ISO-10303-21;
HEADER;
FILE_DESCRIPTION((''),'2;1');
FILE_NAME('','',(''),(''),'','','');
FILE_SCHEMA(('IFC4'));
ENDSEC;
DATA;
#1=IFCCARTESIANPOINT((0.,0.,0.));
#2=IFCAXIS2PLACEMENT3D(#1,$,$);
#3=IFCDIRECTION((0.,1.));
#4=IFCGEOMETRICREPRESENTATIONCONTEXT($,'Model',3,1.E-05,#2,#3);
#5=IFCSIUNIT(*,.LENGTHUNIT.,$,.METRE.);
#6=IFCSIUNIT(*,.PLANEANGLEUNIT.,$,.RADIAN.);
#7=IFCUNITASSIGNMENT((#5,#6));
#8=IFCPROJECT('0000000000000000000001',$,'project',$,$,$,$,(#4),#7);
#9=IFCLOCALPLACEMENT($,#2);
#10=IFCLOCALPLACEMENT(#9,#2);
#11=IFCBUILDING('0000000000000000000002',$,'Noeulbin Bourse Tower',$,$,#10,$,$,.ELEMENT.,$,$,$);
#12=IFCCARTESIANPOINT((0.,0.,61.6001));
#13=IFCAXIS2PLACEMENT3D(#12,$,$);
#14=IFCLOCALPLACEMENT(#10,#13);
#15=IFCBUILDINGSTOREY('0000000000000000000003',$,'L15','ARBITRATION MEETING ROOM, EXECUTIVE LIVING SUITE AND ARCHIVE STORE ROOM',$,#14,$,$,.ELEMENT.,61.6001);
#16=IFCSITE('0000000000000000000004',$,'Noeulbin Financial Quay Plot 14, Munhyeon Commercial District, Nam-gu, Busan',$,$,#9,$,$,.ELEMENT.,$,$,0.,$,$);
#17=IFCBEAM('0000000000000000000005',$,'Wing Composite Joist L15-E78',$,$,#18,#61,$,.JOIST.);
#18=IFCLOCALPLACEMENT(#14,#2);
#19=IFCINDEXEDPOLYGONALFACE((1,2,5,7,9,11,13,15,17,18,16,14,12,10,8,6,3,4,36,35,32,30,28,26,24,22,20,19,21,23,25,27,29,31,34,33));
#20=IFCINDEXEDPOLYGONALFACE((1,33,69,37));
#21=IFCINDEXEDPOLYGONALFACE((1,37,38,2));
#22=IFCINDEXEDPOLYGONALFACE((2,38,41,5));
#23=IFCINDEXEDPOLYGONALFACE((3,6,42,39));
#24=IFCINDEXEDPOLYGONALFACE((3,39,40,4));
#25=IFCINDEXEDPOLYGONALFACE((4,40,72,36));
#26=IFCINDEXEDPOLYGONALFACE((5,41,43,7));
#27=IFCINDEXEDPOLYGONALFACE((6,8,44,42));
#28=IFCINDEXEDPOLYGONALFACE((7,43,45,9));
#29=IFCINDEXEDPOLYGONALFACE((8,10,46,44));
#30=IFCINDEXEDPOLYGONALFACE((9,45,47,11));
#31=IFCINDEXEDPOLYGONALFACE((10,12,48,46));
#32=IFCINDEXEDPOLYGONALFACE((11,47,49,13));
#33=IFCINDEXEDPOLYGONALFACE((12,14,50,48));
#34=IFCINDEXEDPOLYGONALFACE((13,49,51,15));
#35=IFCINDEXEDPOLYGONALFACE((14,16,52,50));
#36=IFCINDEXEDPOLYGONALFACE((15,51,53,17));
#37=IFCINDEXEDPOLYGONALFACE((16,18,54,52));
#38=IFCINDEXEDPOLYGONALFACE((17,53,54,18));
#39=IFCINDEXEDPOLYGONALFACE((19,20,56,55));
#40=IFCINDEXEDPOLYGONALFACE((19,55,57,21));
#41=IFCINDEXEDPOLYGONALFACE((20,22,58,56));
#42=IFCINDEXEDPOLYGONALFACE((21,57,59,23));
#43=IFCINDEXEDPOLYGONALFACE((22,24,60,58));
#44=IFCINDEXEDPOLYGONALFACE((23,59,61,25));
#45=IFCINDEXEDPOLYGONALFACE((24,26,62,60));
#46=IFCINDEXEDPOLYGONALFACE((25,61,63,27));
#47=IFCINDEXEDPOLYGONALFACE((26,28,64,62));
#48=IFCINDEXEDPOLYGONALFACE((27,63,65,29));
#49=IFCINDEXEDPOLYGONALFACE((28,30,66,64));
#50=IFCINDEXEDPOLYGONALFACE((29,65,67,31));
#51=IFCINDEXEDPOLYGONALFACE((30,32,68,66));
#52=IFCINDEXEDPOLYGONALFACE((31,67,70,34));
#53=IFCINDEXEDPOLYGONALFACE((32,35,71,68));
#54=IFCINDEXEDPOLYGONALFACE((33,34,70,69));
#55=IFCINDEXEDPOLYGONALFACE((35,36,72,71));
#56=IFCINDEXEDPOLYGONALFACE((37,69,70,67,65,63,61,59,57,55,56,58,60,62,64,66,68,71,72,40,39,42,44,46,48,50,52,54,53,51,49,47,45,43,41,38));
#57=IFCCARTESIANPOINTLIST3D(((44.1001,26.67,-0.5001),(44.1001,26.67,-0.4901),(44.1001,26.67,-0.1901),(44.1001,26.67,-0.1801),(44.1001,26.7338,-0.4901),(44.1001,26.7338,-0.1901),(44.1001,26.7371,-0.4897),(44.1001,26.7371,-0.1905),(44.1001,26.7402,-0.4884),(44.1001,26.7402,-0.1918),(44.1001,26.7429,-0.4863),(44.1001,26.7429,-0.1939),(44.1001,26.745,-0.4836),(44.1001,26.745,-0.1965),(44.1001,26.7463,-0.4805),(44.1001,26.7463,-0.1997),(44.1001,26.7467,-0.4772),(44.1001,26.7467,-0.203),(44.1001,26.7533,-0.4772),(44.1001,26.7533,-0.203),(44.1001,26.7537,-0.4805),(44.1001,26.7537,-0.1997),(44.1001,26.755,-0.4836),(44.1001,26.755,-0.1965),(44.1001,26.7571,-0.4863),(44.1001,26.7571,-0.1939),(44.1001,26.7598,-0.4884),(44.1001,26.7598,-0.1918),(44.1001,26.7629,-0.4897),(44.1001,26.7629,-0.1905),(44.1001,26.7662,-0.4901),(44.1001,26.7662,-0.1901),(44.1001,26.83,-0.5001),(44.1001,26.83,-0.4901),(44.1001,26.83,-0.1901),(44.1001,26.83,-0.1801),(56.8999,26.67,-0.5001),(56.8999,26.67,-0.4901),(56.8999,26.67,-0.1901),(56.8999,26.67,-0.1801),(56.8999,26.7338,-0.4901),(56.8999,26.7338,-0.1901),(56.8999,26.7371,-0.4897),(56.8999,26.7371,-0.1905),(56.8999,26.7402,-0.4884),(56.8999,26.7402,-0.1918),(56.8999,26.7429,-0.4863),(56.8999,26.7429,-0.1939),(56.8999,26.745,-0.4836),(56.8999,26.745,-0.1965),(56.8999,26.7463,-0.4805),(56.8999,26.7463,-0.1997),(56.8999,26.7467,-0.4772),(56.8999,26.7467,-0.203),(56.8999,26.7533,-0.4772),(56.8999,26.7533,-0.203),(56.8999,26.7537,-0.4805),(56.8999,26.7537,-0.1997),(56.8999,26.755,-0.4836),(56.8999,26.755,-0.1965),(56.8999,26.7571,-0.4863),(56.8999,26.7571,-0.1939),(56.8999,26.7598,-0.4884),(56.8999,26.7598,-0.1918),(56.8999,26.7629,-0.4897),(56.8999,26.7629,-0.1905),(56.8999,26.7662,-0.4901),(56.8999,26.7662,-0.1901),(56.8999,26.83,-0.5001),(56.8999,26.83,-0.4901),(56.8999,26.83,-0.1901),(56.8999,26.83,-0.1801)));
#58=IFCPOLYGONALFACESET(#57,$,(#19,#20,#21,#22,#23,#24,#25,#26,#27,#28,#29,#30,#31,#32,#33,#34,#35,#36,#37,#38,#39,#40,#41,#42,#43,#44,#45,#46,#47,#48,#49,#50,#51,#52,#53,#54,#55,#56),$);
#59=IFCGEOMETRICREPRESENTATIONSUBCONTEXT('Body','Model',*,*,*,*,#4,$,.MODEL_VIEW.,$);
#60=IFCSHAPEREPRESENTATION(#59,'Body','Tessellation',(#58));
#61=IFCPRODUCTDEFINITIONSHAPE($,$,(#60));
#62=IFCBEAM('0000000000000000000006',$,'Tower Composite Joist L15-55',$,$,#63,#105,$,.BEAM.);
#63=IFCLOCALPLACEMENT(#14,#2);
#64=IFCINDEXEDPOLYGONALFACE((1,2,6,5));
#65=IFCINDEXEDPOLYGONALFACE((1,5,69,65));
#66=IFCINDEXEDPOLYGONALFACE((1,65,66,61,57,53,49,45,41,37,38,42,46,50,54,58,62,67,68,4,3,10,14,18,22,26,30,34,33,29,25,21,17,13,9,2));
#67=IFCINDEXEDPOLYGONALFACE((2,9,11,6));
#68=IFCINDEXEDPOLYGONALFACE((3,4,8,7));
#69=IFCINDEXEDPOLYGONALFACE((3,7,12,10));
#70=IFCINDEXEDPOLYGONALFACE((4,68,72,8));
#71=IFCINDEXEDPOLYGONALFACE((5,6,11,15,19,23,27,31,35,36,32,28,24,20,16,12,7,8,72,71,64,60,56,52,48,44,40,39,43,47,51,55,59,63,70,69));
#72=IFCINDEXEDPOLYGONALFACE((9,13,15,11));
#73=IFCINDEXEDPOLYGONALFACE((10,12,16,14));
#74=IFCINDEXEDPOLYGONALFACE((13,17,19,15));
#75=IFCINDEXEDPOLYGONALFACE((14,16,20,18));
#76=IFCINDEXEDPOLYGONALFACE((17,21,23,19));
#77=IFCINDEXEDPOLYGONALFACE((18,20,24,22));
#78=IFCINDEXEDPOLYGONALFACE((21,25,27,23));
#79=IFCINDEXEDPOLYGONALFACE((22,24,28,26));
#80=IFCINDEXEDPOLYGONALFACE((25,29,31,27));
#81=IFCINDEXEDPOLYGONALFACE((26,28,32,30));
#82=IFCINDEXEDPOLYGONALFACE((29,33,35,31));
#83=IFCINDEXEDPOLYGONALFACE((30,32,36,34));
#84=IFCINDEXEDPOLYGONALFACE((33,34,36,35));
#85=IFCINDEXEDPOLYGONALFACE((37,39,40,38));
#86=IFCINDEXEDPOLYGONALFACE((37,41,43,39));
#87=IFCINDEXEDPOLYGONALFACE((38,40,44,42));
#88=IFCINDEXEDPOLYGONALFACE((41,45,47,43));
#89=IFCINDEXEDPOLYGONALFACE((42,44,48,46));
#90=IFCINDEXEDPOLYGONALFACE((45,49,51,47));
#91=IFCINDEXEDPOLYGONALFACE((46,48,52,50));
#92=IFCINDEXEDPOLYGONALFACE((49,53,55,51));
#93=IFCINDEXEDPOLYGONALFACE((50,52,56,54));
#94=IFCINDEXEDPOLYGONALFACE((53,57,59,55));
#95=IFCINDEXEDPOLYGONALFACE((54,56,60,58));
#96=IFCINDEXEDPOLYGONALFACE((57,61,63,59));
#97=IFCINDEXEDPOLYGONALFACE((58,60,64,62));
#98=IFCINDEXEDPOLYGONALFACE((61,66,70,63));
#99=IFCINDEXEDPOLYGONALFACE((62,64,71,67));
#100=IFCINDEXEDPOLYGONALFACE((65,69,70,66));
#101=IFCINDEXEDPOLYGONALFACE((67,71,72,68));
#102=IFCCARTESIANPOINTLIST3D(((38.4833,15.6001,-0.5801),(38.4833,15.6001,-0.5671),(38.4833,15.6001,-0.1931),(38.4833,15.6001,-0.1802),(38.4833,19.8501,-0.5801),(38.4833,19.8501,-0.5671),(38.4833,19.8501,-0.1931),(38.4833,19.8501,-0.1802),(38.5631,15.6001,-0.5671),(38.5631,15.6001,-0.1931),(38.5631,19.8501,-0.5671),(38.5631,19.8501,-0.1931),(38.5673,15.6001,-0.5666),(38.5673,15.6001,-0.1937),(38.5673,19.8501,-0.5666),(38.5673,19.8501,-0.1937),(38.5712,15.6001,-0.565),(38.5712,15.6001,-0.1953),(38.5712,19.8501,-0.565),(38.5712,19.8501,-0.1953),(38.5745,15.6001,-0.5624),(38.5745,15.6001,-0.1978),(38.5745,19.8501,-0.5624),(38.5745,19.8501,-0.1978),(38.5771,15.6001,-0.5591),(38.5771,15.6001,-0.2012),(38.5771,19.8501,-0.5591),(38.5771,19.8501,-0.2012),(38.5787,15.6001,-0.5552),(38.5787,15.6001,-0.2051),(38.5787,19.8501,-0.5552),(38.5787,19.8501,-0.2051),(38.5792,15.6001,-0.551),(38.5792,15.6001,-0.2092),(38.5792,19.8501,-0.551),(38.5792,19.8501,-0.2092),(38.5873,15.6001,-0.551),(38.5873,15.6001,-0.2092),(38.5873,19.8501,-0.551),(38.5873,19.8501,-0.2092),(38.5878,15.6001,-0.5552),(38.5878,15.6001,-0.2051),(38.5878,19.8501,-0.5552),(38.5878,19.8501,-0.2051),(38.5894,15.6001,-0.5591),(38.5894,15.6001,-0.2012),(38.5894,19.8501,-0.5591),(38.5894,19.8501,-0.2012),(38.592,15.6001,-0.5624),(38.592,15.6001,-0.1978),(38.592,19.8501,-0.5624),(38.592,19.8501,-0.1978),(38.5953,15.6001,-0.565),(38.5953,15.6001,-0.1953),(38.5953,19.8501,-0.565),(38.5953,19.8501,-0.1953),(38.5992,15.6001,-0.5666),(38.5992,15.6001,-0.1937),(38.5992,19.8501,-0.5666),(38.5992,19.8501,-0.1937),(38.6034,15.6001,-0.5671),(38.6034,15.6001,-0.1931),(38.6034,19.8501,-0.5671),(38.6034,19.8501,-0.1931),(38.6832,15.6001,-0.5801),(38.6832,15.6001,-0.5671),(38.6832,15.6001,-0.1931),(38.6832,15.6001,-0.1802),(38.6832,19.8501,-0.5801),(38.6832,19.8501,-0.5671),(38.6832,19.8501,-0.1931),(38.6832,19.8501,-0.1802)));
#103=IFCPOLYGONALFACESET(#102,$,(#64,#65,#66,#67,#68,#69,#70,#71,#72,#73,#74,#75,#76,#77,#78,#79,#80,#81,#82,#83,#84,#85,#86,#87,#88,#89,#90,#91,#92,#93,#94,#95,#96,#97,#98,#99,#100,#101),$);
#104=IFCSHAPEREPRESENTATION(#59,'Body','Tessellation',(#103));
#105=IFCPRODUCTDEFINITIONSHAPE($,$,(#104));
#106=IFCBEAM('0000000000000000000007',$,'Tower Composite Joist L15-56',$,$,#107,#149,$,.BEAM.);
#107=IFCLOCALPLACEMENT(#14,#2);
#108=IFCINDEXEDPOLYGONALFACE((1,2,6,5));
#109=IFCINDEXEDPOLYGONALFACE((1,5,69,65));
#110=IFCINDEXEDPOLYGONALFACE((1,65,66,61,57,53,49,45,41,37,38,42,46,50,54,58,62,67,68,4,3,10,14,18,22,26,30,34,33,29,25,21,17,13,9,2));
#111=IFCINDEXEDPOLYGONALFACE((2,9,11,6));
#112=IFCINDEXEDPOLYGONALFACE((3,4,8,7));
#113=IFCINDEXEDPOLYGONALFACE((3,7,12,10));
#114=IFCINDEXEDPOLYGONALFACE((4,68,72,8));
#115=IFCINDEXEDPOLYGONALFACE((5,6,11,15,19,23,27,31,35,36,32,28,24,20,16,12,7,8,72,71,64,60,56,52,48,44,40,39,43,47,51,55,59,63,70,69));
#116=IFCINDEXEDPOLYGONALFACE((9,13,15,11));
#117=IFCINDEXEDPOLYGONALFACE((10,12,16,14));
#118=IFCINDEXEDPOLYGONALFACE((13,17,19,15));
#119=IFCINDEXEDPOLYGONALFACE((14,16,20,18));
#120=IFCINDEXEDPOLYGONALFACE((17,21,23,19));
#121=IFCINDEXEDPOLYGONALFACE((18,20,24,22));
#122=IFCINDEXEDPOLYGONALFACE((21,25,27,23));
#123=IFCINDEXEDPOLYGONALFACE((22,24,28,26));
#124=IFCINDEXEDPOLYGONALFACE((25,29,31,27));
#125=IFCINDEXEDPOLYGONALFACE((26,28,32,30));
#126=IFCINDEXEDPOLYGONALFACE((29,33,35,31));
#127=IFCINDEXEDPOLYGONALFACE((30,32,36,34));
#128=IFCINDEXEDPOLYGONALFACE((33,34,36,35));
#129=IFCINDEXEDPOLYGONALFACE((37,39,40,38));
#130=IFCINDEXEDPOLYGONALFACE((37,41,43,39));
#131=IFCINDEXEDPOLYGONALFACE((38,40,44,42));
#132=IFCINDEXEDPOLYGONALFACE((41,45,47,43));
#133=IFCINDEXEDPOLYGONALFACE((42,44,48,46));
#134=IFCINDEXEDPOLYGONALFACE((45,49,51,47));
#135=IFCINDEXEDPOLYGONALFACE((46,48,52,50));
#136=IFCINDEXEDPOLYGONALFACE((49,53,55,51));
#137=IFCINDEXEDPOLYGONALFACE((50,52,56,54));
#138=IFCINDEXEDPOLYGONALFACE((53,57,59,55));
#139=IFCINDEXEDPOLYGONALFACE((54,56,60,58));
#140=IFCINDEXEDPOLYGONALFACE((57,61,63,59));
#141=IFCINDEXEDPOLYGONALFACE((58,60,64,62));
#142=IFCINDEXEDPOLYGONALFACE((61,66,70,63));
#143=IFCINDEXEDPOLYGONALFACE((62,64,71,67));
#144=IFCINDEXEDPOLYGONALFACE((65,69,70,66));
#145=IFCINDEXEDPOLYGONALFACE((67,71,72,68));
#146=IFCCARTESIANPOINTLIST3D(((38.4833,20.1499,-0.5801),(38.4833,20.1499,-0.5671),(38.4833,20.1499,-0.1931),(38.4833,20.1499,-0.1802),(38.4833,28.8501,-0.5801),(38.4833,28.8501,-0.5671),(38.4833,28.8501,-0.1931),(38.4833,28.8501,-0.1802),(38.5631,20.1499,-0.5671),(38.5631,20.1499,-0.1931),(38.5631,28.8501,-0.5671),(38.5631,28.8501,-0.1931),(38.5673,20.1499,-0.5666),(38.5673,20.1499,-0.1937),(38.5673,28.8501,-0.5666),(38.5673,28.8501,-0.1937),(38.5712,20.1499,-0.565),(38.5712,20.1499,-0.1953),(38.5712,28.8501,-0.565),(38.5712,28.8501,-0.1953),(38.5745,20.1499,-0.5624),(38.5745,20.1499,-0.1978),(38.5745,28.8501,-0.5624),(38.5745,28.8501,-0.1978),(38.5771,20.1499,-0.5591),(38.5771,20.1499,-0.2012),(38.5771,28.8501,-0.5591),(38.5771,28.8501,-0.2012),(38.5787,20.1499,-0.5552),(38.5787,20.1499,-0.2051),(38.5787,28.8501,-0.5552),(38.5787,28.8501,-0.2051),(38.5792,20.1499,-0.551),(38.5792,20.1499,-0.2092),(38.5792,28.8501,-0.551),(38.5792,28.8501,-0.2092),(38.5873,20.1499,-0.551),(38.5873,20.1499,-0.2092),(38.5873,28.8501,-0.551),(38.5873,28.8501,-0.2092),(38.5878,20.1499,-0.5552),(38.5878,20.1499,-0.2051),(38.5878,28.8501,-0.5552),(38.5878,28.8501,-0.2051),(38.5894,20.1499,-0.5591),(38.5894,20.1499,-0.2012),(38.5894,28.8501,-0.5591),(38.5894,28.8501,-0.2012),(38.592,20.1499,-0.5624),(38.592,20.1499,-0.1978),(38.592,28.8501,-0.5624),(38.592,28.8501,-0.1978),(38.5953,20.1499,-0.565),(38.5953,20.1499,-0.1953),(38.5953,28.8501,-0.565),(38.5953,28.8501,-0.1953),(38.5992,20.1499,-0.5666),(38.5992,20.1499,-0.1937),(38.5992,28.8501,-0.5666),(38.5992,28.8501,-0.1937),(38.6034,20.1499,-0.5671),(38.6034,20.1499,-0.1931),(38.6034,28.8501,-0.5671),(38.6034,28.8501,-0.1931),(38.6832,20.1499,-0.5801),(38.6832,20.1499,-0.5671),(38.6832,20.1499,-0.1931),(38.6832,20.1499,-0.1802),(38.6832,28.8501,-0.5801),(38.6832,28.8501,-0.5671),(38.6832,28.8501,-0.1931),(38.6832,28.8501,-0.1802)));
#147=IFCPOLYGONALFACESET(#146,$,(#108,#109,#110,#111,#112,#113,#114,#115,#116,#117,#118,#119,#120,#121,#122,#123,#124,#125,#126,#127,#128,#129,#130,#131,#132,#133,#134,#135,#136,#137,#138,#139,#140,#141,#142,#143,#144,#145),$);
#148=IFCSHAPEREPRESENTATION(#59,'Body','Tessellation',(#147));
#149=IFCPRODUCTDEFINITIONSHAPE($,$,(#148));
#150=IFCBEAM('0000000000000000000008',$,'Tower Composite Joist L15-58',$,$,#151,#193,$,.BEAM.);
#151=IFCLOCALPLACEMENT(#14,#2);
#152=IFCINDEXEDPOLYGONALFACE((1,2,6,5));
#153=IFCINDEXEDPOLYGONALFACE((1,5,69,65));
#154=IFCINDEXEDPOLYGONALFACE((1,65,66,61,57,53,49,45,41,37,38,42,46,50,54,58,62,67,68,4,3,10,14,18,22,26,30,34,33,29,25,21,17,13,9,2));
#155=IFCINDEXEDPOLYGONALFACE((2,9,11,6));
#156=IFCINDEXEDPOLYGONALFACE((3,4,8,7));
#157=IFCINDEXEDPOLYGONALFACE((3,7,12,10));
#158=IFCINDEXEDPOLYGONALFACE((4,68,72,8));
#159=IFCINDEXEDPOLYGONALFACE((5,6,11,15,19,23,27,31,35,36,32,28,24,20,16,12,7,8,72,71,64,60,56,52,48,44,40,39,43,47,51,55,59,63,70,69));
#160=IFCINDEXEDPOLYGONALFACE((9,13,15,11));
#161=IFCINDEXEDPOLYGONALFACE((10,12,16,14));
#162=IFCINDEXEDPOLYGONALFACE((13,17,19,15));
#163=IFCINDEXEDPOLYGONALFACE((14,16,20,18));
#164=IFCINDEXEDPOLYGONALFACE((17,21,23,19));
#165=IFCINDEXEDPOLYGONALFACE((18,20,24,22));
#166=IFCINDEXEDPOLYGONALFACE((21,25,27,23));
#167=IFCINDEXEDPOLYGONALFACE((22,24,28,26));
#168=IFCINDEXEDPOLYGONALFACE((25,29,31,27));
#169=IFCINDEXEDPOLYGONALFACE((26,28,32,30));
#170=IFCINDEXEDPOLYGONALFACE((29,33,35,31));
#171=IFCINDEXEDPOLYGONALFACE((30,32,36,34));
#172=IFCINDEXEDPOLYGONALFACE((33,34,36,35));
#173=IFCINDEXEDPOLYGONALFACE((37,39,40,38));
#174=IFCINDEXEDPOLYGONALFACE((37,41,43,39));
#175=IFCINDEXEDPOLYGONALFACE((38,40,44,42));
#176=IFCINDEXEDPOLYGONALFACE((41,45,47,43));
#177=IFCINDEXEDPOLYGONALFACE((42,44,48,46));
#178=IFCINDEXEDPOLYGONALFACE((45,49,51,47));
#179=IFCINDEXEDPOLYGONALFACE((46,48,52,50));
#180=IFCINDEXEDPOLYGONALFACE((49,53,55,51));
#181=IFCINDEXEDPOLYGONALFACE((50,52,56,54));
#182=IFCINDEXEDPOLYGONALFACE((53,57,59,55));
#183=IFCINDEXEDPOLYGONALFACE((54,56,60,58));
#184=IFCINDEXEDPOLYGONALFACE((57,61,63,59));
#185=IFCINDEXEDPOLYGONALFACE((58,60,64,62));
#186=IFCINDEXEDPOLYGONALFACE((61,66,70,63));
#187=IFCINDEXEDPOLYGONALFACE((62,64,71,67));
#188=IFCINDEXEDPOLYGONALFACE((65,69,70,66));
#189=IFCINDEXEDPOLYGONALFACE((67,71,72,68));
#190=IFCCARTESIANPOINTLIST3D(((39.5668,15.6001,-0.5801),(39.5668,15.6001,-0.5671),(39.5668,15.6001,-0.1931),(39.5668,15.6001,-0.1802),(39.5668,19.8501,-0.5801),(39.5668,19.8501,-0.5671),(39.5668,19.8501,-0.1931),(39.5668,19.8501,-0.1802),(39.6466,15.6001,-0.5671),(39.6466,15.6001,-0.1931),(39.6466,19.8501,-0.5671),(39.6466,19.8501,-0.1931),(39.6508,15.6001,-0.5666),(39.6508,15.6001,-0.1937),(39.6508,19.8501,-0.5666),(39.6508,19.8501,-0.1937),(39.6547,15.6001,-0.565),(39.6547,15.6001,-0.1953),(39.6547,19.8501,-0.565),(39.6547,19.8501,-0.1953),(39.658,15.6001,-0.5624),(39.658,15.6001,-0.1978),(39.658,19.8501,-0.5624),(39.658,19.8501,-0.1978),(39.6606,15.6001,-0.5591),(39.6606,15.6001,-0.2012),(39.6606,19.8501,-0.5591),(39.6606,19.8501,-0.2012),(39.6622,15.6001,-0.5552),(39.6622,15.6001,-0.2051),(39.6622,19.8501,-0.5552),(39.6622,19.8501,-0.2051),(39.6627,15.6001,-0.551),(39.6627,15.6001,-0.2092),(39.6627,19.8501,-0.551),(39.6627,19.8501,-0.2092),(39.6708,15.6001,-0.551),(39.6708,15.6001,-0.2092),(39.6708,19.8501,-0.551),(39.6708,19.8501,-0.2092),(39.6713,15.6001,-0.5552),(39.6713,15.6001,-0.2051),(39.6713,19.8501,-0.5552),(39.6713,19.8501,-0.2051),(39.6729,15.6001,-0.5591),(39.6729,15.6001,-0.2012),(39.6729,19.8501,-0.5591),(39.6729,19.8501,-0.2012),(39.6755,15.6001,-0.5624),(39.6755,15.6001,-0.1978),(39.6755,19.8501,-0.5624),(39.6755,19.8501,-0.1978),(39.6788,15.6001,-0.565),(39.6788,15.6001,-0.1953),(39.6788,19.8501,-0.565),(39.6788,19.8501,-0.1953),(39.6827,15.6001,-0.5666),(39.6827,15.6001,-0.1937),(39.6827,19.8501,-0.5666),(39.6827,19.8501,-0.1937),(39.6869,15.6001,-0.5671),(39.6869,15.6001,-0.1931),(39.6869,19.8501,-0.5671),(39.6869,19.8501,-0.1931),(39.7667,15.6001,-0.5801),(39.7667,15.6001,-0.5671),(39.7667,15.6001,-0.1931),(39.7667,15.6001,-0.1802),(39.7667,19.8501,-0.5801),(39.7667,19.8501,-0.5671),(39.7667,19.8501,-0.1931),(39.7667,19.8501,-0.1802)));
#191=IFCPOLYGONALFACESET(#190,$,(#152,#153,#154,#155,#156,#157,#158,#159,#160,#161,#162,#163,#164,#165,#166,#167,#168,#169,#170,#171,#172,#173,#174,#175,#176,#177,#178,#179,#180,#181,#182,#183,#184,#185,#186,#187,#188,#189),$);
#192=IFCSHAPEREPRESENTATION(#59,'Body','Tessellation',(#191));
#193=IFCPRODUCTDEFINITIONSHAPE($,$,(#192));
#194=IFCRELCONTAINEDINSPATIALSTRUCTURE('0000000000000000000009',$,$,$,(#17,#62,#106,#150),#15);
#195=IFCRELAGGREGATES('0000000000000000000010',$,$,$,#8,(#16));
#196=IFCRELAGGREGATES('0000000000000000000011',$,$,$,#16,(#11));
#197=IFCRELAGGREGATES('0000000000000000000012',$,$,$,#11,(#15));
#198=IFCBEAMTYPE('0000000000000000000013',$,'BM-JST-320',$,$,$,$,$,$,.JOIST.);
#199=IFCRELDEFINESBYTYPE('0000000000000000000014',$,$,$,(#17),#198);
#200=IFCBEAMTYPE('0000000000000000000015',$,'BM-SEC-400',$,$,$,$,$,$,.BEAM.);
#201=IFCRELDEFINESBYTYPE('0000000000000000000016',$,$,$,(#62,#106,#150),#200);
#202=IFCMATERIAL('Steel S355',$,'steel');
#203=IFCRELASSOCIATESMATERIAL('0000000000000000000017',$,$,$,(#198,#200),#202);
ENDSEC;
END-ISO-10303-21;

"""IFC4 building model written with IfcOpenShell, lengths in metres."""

from ifc_helpers import new_model, si_unit, direction, frame, origin, origin_2d, place, context, subcontext, project, spatial, i_section, extrude, material, material_profile, profile_set, type_object, element, save


model = new_model("IFC4")

# Units and contexts
model_context = context("Model", 3, precision=1e-05, world=origin(), true_north=direction((0.0, 1.0)))
body_context = subcontext(model_context, "Body", "Model", "MODEL_VIEW")
ifc_project = project(units=[si_unit("LENGTHUNIT", "METRE"), si_unit("PLANEANGLEUNIT", "RADIAN")], contexts=[model_context])

# Site, building, storey
site_placement = place(None, origin())
site = spatial("IfcSite", under=ifc_project, at=site_placement, Name="Noeulbin Financial Quay Plot 14, Munhyeon Commercial District, Nam-gu, Busan", CompositionType="ELEMENT", RefElevation=0.0)
building_placement = place(site_placement, origin())
building = spatial("IfcBuilding", under=site, at=building_placement, Name="Noeulbin Bourse Tower", CompositionType="ELEMENT")
storey_placement = place(building_placement, frame((0.0, 0.0, 61.6001)))
storey = spatial("IfcBuildingStorey", under=building, at=storey_placement, Name="L15", Description="ARBITRATION MEETING ROOM, EXECUTIVE LIVING SUITE AND ARCHIVE STORE ROOM", CompositionType="ELEMENT", Elevation=61.6001)

# Beams
ifc_material_1 = material(Name="Steel S355", Category="steel")
ifc_material_profile_1 = material_profile(ifc_material_1, i_section(OverallWidth=0.1599, OverallDepth=0.3201, WebThickness=0.0066, FlangeThickness=0.01, FilletRadius=0.0129, at=origin_2d()), Name="H-320x160x6.5x10", Category="LoadBearing")
ifc_profile_set_1 = profile_set([ifc_material_profile_1], Name="Steel S355")
beam_type_1 = type_object("IfcBeamType", Name="BM-JST-320", PredefinedType="JOIST", material=ifc_profile_set_1)
for number, where, z_axis, x_axis, name in (
    (1, (44.1001, 26.75, -0.3401), (1.0, 0.0, 0.0), (0.0, 1.0, 0.0), "Wing Composite Joist L15-E78"),
):
    element("IfcBeam", number, at=place(storey_placement, frame(where, z_axis=z_axis, x_axis=x_axis)), inside=storey, type_object=beam_type_1, Name=name, PredefinedType="JOIST", context=body_context, shape_type="SweptSolid", body=[
        extrude(i_section(OverallWidth=0.1599, OverallDepth=0.3201, WebThickness=0.0066, FlangeThickness=0.01, FilletRadius=0.0129, at=origin_2d()), origin(), (0.0, 0.0, 1.0), 12.7998),
    ])
ifc_material_profile_2 = material_profile(ifc_material_1, i_section(OverallWidth=0.2, OverallDepth=0.3999, WebThickness=0.0081, FlangeThickness=0.0129, FilletRadius=0.0161, at=origin_2d()), Name="H-400x200x8x13", Category="LoadBearing")
ifc_profile_set_2 = profile_set([ifc_material_profile_2], Name="Steel S355")
beam_type_2 = type_object("IfcBeamType", Name="BM-SEC-400", PredefinedType="BEAM", material=ifc_profile_set_2)
beam_1_placement = place(storey_placement, frame((38.5833, 15.6001, -0.3801), z_axis=(0.0, 1.0, 0.0), x_axis=(-1.0, 0.0, 0.0)))
element("IfcBeam", 2, at=beam_1_placement, inside=storey, type_object=beam_type_2, Name="Tower Composite Joist L15-55", PredefinedType="BEAM", context=body_context, shape_type="SweptSolid", body=[
    extrude(i_section(OverallWidth=0.2, OverallDepth=0.3999, WebThickness=0.0081, FlangeThickness=0.0129, FilletRadius=0.0161, at=origin_2d()), origin(), (0.0, 0.0, 1.0), 4.25),
])
beam_2_placement = place(storey_placement, frame((38.5833, 20.1499, -0.3801), z_axis=(0.0, 1.0, 0.0), x_axis=(-1.0, 0.0, 0.0)))
element("IfcBeam", 3, at=beam_2_placement, inside=storey, type_object=beam_type_2, Name="Tower Composite Joist L15-56", PredefinedType="BEAM", context=body_context, shape_type="SweptSolid", body=[
    extrude(i_section(OverallWidth=0.2, OverallDepth=0.3999, WebThickness=0.0081, FlangeThickness=0.0129, FilletRadius=0.0161, at=origin_2d()), origin(), (0.0, 0.0, 1.0), 8.7002),
])
beam_3_placement = place(storey_placement, frame((39.6667, 15.6001, -0.3801), z_axis=(0.0, 1.0, 0.0), x_axis=(-1.0, 0.0, 0.0)))
element("IfcBeam", 4, at=beam_3_placement, inside=storey, type_object=beam_type_2, Name="Tower Composite Joist L15-58", PredefinedType="BEAM", context=body_context, shape_type="SweptSolid", body=[
    extrude(i_section(OverallWidth=0.2, OverallDepth=0.3999, WebThickness=0.0081, FlangeThickness=0.0129, FilletRadius=0.0161, at=origin_2d()), origin(), (0.0, 0.0, 1.0), 4.25),
])

save(model, "model.ifc")
